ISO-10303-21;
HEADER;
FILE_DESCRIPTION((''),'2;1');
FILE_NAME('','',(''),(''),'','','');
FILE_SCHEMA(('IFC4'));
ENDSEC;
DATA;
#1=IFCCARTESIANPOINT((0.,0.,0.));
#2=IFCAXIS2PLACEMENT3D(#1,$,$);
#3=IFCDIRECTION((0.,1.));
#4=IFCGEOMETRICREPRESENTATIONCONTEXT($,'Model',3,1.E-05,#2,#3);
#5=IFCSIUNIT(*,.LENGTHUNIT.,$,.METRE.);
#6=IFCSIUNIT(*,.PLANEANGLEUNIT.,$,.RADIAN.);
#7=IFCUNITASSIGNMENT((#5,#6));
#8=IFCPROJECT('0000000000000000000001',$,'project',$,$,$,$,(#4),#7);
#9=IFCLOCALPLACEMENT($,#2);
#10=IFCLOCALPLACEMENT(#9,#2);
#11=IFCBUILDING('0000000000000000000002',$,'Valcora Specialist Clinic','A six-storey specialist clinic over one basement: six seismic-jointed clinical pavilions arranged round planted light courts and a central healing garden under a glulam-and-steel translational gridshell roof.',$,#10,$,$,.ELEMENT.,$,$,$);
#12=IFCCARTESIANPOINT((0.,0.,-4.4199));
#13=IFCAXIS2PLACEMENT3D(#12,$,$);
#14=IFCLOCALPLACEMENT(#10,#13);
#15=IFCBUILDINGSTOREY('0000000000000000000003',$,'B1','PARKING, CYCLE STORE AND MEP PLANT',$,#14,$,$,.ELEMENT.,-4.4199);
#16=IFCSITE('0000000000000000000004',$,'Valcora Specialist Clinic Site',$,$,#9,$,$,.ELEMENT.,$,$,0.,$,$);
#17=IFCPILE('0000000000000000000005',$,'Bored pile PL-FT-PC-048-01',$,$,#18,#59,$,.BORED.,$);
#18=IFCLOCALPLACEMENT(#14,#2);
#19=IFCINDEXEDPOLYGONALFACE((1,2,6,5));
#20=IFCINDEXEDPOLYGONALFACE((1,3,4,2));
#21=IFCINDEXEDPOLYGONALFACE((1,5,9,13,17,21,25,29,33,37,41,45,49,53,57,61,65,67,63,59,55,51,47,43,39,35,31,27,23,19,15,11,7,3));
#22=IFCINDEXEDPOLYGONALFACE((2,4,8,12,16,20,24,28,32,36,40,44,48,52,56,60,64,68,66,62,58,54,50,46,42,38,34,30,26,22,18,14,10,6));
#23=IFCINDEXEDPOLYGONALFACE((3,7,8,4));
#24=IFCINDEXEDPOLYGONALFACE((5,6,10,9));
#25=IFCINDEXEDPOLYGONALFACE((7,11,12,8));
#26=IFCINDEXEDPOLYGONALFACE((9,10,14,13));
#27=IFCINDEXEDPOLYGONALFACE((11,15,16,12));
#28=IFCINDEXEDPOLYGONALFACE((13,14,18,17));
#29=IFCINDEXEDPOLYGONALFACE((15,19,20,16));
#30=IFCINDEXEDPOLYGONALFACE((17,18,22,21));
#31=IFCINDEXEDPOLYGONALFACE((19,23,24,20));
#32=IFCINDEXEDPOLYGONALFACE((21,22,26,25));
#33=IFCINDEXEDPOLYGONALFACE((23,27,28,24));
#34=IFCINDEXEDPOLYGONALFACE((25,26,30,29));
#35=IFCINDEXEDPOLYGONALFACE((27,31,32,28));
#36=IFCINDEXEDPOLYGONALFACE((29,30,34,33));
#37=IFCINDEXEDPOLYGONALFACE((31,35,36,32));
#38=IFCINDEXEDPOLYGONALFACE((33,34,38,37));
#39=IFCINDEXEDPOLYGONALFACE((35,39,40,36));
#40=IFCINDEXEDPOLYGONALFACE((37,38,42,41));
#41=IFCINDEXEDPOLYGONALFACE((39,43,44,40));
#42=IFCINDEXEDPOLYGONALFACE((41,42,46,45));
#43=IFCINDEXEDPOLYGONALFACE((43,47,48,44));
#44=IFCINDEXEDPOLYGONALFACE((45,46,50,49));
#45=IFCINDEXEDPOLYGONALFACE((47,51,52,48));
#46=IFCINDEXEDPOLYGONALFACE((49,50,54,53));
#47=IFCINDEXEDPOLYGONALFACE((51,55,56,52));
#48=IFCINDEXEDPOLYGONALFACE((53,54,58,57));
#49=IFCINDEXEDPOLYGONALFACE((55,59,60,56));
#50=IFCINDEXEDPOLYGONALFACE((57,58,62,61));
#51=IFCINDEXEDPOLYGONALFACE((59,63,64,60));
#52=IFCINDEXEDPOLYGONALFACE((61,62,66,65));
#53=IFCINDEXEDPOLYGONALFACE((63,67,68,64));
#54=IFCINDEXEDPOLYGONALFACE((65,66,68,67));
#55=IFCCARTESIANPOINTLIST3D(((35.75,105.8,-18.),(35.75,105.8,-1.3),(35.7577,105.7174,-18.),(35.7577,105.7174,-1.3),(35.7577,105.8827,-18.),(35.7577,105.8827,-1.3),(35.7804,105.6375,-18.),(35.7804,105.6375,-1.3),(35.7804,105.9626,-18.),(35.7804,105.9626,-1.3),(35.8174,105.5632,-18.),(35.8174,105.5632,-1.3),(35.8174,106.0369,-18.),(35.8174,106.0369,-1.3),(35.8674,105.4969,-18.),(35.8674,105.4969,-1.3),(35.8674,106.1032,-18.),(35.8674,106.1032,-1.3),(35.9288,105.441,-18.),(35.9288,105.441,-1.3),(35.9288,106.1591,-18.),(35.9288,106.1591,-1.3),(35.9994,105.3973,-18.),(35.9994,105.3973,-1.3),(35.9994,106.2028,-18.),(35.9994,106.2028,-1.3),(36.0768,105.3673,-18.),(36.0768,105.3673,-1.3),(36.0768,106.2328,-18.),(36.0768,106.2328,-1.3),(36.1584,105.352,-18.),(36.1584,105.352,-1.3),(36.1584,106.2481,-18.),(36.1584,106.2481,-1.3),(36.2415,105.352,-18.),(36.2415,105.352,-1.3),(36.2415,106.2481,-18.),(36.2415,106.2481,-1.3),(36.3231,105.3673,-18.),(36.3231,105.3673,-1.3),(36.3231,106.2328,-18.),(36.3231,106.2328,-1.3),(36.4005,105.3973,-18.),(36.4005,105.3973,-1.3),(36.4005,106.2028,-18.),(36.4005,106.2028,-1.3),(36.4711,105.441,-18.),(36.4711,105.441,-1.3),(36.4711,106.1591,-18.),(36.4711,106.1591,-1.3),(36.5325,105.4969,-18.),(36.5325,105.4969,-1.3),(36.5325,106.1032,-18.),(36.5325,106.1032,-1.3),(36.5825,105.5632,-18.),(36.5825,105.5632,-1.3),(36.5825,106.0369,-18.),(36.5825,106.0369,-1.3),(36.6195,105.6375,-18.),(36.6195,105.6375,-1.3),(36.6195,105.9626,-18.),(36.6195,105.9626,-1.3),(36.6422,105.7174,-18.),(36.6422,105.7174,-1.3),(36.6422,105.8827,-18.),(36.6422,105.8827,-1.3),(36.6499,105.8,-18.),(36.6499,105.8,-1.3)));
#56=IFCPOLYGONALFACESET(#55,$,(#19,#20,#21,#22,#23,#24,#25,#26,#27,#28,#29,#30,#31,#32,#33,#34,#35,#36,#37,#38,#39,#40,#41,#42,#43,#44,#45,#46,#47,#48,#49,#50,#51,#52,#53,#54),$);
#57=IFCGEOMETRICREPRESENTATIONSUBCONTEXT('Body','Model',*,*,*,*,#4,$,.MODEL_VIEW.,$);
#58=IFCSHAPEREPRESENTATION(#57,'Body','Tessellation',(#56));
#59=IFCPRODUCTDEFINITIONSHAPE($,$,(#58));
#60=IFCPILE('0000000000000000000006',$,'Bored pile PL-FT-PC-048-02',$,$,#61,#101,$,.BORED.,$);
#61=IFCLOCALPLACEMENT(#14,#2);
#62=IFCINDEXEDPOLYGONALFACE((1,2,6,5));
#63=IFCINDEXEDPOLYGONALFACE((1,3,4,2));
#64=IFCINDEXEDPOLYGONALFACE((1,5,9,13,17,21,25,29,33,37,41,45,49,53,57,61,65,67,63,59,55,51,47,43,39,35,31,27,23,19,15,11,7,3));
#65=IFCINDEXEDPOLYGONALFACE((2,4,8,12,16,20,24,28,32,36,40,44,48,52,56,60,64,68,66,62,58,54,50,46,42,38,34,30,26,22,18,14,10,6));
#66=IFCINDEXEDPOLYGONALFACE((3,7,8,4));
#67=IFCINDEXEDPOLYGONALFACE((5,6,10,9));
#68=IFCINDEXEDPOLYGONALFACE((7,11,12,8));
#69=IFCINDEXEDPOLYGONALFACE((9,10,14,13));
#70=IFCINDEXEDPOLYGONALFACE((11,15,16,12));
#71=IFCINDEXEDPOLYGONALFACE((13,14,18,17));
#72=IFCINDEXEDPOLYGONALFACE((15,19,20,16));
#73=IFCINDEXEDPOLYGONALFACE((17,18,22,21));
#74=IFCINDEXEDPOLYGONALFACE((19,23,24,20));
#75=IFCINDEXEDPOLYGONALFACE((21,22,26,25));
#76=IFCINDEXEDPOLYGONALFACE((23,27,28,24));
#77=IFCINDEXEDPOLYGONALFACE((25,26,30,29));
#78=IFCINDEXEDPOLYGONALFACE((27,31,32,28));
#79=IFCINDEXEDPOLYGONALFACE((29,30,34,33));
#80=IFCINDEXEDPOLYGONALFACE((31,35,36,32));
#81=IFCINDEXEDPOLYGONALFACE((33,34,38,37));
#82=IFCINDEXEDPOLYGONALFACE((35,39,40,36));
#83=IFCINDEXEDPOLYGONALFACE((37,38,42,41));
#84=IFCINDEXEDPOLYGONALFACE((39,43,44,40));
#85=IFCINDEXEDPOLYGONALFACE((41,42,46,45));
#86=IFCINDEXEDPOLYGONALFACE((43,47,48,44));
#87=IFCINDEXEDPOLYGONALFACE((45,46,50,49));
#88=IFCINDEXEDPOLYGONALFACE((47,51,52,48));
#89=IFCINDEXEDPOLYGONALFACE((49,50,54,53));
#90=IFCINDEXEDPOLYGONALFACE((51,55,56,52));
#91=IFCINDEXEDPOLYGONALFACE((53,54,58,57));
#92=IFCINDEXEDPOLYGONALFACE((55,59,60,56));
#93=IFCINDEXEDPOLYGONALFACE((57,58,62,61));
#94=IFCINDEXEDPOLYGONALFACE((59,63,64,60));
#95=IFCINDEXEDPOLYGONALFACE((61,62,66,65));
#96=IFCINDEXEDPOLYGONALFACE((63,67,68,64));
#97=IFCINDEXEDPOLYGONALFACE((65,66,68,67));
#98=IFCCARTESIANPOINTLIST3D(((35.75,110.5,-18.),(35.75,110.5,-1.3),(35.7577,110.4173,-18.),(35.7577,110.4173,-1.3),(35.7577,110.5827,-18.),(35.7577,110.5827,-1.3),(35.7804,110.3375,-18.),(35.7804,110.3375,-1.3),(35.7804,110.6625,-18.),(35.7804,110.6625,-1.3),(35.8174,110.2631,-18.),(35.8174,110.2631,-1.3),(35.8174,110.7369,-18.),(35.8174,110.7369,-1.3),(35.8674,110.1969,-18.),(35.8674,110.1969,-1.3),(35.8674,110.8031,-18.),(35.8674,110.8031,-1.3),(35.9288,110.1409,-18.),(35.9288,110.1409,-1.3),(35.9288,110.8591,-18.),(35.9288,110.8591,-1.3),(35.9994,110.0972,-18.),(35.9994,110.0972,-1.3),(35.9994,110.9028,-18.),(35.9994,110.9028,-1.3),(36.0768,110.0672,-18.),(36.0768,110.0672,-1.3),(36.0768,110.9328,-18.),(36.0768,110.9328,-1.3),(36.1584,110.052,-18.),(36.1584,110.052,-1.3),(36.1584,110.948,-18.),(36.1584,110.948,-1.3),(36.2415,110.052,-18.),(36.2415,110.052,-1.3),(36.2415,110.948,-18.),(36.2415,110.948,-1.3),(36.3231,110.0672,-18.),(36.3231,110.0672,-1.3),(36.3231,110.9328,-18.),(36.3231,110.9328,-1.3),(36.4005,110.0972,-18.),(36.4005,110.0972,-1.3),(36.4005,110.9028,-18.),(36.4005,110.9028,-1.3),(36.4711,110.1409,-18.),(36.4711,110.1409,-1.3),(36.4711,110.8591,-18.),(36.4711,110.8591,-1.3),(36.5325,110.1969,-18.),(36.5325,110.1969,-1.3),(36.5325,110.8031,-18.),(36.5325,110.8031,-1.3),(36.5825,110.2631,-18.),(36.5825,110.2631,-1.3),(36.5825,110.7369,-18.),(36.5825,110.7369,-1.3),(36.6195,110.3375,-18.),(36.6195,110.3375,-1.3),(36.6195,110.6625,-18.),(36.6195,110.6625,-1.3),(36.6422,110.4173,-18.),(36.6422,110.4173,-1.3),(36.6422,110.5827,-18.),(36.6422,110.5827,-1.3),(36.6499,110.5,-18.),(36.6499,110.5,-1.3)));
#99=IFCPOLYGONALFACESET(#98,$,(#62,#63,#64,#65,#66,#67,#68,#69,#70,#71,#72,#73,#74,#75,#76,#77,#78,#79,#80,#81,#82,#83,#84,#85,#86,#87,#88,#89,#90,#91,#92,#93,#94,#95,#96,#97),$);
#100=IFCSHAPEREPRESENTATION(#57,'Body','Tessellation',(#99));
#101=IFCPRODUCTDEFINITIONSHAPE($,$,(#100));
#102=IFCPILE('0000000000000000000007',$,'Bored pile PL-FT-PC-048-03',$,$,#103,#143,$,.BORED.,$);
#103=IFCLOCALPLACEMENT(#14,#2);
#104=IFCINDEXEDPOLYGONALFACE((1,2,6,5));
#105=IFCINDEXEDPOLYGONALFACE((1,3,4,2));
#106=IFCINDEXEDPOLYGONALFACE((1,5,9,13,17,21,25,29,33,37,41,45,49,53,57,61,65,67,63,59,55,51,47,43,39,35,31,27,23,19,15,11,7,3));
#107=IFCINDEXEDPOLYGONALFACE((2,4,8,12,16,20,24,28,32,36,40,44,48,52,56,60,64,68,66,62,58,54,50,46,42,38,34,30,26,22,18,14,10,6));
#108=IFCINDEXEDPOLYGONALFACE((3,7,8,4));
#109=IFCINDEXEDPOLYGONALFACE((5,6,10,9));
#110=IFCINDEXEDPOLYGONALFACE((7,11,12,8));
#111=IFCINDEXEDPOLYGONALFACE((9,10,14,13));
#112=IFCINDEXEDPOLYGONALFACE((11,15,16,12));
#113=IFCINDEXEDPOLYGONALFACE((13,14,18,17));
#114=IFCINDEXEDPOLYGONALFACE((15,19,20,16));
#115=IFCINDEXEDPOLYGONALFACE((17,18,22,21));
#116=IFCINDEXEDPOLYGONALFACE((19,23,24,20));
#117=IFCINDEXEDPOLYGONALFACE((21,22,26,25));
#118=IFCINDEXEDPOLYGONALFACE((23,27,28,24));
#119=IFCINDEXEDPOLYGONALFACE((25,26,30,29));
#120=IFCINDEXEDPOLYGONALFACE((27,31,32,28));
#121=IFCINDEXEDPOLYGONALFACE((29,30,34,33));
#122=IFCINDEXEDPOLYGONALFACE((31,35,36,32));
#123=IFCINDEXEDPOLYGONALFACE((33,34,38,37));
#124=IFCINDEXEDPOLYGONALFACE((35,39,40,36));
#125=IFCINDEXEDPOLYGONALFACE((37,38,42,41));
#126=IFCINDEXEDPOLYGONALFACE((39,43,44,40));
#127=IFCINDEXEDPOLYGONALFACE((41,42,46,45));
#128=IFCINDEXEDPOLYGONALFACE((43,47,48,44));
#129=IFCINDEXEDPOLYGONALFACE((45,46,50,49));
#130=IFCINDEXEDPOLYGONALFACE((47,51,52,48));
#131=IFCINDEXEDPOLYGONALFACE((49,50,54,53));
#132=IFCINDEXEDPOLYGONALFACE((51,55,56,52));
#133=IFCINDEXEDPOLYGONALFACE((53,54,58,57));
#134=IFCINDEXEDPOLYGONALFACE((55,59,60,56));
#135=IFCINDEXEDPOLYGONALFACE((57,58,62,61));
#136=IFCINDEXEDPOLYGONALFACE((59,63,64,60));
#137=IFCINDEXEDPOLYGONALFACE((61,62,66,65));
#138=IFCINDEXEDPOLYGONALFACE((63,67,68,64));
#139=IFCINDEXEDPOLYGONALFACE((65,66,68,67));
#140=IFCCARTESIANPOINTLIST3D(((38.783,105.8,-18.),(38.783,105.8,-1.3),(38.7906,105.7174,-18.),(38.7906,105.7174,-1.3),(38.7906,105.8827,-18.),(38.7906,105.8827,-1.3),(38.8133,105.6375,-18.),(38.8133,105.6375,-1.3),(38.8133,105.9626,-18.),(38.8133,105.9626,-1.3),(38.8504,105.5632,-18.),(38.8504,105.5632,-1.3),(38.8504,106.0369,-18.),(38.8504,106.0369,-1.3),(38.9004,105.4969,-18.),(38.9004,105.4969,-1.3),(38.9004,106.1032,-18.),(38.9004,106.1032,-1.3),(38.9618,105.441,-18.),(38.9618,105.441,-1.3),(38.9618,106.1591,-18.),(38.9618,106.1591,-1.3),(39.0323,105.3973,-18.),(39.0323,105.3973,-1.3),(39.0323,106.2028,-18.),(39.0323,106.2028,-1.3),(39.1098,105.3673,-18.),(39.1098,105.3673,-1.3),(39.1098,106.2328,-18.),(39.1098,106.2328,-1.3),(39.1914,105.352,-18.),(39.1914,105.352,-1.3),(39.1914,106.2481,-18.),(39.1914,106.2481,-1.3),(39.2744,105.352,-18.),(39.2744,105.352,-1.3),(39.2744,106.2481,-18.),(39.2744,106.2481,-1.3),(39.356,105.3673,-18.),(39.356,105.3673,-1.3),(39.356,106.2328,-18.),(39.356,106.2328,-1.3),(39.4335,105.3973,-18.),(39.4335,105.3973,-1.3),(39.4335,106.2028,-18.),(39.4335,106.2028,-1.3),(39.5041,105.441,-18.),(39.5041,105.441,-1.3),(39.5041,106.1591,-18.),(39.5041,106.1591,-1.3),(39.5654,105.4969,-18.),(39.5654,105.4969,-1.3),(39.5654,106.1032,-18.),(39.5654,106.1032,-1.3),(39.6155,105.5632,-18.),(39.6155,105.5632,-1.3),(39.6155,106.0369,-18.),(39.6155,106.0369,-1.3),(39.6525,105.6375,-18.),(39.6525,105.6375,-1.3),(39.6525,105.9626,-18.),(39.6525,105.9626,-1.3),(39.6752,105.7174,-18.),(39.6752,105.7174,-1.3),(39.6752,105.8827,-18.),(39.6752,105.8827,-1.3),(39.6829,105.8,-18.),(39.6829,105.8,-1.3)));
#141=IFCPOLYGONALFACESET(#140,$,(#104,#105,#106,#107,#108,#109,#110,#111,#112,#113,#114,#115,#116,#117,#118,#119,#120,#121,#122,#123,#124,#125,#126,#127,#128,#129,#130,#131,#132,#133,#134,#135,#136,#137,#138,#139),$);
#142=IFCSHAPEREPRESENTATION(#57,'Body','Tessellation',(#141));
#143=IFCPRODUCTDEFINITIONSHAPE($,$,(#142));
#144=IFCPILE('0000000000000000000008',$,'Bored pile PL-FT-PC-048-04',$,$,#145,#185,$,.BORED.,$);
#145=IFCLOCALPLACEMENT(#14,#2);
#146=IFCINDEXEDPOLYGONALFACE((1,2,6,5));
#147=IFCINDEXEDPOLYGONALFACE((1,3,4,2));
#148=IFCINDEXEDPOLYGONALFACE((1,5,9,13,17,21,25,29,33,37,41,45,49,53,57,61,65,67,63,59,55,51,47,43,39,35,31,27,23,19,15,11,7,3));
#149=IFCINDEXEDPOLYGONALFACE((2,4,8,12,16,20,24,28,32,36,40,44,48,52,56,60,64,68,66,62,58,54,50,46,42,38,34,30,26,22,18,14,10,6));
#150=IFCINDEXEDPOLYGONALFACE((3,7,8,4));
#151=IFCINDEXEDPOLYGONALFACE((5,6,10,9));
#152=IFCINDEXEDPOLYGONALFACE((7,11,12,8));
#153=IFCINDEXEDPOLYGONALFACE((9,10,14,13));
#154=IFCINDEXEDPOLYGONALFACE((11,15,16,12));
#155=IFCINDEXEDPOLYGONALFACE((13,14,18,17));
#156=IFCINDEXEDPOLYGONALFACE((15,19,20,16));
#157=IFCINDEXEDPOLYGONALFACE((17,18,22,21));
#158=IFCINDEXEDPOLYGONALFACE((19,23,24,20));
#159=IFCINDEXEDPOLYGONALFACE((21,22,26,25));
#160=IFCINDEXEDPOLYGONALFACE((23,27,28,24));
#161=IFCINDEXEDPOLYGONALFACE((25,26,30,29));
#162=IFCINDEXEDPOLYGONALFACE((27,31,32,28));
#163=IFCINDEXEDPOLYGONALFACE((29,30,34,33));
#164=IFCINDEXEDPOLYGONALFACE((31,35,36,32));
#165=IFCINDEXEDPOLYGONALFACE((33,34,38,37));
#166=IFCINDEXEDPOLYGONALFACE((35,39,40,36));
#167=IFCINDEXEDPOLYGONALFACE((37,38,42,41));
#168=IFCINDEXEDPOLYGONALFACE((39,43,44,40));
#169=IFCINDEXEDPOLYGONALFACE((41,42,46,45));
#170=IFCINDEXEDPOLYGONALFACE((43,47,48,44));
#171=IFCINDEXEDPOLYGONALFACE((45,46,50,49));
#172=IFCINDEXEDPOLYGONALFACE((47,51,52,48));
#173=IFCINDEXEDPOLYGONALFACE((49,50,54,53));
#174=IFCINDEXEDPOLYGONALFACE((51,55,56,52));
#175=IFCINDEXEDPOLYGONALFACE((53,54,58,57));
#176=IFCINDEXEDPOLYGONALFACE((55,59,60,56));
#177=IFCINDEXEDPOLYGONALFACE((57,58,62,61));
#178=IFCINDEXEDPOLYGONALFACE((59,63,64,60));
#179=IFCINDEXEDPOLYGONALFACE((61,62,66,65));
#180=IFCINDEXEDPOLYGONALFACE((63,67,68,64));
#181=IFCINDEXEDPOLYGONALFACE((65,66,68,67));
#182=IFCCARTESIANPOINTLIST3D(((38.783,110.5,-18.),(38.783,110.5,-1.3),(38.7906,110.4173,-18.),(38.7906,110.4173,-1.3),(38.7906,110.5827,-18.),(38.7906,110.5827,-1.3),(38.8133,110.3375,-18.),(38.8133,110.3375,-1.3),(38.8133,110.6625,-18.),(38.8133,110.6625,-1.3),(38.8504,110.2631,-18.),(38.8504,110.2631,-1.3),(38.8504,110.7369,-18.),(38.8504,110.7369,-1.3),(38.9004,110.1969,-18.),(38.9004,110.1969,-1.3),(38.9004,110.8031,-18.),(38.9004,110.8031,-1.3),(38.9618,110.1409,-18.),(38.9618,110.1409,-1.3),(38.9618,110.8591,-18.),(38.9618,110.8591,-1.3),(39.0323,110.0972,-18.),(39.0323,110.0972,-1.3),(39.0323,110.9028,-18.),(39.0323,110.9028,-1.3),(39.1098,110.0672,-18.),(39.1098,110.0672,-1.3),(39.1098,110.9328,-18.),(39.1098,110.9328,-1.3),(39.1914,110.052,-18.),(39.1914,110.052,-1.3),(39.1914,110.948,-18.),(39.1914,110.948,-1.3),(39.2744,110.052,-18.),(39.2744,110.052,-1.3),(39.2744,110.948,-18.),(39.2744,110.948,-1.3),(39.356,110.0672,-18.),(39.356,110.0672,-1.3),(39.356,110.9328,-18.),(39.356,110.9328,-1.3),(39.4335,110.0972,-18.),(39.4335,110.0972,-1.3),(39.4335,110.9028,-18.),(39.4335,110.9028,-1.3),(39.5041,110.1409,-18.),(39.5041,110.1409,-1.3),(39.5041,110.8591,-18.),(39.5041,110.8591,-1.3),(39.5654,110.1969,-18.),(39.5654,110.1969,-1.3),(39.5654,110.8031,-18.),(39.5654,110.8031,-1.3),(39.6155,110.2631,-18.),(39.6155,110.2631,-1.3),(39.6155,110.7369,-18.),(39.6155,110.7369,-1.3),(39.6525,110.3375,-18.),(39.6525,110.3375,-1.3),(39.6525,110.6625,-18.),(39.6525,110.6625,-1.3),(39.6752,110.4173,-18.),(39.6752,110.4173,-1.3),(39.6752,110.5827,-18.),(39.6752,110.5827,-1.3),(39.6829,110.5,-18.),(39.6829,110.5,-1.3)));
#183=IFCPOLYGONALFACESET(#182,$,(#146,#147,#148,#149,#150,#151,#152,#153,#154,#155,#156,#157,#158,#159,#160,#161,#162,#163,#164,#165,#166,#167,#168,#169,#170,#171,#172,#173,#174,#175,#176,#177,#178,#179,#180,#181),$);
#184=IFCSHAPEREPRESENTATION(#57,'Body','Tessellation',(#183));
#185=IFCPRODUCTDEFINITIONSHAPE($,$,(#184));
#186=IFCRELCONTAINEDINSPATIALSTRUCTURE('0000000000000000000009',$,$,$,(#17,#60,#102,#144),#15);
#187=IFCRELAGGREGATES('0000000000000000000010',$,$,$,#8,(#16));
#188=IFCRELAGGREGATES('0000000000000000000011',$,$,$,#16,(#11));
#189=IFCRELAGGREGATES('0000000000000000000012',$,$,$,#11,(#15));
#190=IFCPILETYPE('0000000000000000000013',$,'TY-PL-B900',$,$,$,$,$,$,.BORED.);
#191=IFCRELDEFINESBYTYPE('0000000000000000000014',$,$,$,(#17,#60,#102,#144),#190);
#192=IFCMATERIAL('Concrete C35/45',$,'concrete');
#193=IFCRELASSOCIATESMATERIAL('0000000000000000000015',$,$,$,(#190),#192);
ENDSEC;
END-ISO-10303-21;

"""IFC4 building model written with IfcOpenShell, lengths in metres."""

from ifc_helpers import new_model, si_unit, direction, frame, origin, origin_2d, place, context, subcontext, project, spatial, circle, extrude, material, material_profile, profile_set, type_object, element, save


model = new_model("IFC4")

# Units and contexts
model_context = context("Model", 3, precision=1e-05, world=origin(), true_north=direction((0.0, 1.0)))
body_context = subcontext(model_context, "Body", "Model", "MODEL_VIEW")
ifc_project = project(units=[si_unit("LENGTHUNIT", "METRE"), si_unit("PLANEANGLEUNIT", "RADIAN")], contexts=[model_context])

# Site, building, storey
site_placement = place(None, origin())
site = spatial("IfcSite", under=ifc_project, at=site_placement, Name="Valcora Specialist Clinic Site", CompositionType="ELEMENT", RefElevation=0.0)
building_placement = place(site_placement, origin())
building = spatial("IfcBuilding", under=site, at=building_placement, Name="Valcora Specialist Clinic", Description="A six-storey specialist clinic over one basement: six seismic-jointed clinical pavilions arranged round planted light courts and a central healing garden under a glulam-and-steel translational gridshell roof.", CompositionType="ELEMENT")
storey_placement = place(building_placement, frame((0.0, 0.0, -4.4199)))
storey = spatial("IfcBuildingStorey", under=building, at=storey_placement, Name="B1", Description="PARKING, CYCLE STORE AND MEP PLANT", CompositionType="ELEMENT", Elevation=-4.4199)

# Shared definitions
ifc_material_1 = material(Name="Concrete C35/45", Category="concrete")

# Piles
ifc_material_profile_1 = material_profile(ifc_material_1, circle(Radius=0.45, at=origin_2d()), Name="RC-PIL-D900")
ifc_profile_set_1 = profile_set([ifc_material_profile_1], Name="Concrete C35/45")
pile_type = type_object("IfcPileType", Name="TY-PL-B900", PredefinedType="BORED", material=ifc_profile_set_1)
for number, where, z_axis, x_axis, name in (
    (1, (36.2, 105.8, -1.3), (0.0, 0.0, -1.0), (1.0, 0.0, 0.0), "Bored pile PL-FT-PC-048-01"),
    (2, (36.2, 110.5, -1.3), (0.0, 0.0, -1.0), (1.0, 0.0, 0.0), "Bored pile PL-FT-PC-048-02"),
    (3, (39.2329, 105.8, -1.3), (0.0, 0.0, -1.0), (1.0, 0.0, 0.0), "Bored pile PL-FT-PC-048-03"),
    (4, (39.2329, 110.5, -1.3), (0.0, 0.0, -1.0), (1.0, 0.0, 0.0), "Bored pile PL-FT-PC-048-04"),
):
    element("IfcPile", number, at=place(storey_placement, frame(where, z_axis=z_axis, x_axis=x_axis)), inside=storey, type_object=pile_type, Name=name, PredefinedType="BORED", context=body_context, shape_type="SweptSolid", body=[
        extrude(circle(Radius=0.45, at=origin_2d()), origin(), (0.0, 0.0, 1.0), 16.7),
    ])

save(model, "model.ifc")
